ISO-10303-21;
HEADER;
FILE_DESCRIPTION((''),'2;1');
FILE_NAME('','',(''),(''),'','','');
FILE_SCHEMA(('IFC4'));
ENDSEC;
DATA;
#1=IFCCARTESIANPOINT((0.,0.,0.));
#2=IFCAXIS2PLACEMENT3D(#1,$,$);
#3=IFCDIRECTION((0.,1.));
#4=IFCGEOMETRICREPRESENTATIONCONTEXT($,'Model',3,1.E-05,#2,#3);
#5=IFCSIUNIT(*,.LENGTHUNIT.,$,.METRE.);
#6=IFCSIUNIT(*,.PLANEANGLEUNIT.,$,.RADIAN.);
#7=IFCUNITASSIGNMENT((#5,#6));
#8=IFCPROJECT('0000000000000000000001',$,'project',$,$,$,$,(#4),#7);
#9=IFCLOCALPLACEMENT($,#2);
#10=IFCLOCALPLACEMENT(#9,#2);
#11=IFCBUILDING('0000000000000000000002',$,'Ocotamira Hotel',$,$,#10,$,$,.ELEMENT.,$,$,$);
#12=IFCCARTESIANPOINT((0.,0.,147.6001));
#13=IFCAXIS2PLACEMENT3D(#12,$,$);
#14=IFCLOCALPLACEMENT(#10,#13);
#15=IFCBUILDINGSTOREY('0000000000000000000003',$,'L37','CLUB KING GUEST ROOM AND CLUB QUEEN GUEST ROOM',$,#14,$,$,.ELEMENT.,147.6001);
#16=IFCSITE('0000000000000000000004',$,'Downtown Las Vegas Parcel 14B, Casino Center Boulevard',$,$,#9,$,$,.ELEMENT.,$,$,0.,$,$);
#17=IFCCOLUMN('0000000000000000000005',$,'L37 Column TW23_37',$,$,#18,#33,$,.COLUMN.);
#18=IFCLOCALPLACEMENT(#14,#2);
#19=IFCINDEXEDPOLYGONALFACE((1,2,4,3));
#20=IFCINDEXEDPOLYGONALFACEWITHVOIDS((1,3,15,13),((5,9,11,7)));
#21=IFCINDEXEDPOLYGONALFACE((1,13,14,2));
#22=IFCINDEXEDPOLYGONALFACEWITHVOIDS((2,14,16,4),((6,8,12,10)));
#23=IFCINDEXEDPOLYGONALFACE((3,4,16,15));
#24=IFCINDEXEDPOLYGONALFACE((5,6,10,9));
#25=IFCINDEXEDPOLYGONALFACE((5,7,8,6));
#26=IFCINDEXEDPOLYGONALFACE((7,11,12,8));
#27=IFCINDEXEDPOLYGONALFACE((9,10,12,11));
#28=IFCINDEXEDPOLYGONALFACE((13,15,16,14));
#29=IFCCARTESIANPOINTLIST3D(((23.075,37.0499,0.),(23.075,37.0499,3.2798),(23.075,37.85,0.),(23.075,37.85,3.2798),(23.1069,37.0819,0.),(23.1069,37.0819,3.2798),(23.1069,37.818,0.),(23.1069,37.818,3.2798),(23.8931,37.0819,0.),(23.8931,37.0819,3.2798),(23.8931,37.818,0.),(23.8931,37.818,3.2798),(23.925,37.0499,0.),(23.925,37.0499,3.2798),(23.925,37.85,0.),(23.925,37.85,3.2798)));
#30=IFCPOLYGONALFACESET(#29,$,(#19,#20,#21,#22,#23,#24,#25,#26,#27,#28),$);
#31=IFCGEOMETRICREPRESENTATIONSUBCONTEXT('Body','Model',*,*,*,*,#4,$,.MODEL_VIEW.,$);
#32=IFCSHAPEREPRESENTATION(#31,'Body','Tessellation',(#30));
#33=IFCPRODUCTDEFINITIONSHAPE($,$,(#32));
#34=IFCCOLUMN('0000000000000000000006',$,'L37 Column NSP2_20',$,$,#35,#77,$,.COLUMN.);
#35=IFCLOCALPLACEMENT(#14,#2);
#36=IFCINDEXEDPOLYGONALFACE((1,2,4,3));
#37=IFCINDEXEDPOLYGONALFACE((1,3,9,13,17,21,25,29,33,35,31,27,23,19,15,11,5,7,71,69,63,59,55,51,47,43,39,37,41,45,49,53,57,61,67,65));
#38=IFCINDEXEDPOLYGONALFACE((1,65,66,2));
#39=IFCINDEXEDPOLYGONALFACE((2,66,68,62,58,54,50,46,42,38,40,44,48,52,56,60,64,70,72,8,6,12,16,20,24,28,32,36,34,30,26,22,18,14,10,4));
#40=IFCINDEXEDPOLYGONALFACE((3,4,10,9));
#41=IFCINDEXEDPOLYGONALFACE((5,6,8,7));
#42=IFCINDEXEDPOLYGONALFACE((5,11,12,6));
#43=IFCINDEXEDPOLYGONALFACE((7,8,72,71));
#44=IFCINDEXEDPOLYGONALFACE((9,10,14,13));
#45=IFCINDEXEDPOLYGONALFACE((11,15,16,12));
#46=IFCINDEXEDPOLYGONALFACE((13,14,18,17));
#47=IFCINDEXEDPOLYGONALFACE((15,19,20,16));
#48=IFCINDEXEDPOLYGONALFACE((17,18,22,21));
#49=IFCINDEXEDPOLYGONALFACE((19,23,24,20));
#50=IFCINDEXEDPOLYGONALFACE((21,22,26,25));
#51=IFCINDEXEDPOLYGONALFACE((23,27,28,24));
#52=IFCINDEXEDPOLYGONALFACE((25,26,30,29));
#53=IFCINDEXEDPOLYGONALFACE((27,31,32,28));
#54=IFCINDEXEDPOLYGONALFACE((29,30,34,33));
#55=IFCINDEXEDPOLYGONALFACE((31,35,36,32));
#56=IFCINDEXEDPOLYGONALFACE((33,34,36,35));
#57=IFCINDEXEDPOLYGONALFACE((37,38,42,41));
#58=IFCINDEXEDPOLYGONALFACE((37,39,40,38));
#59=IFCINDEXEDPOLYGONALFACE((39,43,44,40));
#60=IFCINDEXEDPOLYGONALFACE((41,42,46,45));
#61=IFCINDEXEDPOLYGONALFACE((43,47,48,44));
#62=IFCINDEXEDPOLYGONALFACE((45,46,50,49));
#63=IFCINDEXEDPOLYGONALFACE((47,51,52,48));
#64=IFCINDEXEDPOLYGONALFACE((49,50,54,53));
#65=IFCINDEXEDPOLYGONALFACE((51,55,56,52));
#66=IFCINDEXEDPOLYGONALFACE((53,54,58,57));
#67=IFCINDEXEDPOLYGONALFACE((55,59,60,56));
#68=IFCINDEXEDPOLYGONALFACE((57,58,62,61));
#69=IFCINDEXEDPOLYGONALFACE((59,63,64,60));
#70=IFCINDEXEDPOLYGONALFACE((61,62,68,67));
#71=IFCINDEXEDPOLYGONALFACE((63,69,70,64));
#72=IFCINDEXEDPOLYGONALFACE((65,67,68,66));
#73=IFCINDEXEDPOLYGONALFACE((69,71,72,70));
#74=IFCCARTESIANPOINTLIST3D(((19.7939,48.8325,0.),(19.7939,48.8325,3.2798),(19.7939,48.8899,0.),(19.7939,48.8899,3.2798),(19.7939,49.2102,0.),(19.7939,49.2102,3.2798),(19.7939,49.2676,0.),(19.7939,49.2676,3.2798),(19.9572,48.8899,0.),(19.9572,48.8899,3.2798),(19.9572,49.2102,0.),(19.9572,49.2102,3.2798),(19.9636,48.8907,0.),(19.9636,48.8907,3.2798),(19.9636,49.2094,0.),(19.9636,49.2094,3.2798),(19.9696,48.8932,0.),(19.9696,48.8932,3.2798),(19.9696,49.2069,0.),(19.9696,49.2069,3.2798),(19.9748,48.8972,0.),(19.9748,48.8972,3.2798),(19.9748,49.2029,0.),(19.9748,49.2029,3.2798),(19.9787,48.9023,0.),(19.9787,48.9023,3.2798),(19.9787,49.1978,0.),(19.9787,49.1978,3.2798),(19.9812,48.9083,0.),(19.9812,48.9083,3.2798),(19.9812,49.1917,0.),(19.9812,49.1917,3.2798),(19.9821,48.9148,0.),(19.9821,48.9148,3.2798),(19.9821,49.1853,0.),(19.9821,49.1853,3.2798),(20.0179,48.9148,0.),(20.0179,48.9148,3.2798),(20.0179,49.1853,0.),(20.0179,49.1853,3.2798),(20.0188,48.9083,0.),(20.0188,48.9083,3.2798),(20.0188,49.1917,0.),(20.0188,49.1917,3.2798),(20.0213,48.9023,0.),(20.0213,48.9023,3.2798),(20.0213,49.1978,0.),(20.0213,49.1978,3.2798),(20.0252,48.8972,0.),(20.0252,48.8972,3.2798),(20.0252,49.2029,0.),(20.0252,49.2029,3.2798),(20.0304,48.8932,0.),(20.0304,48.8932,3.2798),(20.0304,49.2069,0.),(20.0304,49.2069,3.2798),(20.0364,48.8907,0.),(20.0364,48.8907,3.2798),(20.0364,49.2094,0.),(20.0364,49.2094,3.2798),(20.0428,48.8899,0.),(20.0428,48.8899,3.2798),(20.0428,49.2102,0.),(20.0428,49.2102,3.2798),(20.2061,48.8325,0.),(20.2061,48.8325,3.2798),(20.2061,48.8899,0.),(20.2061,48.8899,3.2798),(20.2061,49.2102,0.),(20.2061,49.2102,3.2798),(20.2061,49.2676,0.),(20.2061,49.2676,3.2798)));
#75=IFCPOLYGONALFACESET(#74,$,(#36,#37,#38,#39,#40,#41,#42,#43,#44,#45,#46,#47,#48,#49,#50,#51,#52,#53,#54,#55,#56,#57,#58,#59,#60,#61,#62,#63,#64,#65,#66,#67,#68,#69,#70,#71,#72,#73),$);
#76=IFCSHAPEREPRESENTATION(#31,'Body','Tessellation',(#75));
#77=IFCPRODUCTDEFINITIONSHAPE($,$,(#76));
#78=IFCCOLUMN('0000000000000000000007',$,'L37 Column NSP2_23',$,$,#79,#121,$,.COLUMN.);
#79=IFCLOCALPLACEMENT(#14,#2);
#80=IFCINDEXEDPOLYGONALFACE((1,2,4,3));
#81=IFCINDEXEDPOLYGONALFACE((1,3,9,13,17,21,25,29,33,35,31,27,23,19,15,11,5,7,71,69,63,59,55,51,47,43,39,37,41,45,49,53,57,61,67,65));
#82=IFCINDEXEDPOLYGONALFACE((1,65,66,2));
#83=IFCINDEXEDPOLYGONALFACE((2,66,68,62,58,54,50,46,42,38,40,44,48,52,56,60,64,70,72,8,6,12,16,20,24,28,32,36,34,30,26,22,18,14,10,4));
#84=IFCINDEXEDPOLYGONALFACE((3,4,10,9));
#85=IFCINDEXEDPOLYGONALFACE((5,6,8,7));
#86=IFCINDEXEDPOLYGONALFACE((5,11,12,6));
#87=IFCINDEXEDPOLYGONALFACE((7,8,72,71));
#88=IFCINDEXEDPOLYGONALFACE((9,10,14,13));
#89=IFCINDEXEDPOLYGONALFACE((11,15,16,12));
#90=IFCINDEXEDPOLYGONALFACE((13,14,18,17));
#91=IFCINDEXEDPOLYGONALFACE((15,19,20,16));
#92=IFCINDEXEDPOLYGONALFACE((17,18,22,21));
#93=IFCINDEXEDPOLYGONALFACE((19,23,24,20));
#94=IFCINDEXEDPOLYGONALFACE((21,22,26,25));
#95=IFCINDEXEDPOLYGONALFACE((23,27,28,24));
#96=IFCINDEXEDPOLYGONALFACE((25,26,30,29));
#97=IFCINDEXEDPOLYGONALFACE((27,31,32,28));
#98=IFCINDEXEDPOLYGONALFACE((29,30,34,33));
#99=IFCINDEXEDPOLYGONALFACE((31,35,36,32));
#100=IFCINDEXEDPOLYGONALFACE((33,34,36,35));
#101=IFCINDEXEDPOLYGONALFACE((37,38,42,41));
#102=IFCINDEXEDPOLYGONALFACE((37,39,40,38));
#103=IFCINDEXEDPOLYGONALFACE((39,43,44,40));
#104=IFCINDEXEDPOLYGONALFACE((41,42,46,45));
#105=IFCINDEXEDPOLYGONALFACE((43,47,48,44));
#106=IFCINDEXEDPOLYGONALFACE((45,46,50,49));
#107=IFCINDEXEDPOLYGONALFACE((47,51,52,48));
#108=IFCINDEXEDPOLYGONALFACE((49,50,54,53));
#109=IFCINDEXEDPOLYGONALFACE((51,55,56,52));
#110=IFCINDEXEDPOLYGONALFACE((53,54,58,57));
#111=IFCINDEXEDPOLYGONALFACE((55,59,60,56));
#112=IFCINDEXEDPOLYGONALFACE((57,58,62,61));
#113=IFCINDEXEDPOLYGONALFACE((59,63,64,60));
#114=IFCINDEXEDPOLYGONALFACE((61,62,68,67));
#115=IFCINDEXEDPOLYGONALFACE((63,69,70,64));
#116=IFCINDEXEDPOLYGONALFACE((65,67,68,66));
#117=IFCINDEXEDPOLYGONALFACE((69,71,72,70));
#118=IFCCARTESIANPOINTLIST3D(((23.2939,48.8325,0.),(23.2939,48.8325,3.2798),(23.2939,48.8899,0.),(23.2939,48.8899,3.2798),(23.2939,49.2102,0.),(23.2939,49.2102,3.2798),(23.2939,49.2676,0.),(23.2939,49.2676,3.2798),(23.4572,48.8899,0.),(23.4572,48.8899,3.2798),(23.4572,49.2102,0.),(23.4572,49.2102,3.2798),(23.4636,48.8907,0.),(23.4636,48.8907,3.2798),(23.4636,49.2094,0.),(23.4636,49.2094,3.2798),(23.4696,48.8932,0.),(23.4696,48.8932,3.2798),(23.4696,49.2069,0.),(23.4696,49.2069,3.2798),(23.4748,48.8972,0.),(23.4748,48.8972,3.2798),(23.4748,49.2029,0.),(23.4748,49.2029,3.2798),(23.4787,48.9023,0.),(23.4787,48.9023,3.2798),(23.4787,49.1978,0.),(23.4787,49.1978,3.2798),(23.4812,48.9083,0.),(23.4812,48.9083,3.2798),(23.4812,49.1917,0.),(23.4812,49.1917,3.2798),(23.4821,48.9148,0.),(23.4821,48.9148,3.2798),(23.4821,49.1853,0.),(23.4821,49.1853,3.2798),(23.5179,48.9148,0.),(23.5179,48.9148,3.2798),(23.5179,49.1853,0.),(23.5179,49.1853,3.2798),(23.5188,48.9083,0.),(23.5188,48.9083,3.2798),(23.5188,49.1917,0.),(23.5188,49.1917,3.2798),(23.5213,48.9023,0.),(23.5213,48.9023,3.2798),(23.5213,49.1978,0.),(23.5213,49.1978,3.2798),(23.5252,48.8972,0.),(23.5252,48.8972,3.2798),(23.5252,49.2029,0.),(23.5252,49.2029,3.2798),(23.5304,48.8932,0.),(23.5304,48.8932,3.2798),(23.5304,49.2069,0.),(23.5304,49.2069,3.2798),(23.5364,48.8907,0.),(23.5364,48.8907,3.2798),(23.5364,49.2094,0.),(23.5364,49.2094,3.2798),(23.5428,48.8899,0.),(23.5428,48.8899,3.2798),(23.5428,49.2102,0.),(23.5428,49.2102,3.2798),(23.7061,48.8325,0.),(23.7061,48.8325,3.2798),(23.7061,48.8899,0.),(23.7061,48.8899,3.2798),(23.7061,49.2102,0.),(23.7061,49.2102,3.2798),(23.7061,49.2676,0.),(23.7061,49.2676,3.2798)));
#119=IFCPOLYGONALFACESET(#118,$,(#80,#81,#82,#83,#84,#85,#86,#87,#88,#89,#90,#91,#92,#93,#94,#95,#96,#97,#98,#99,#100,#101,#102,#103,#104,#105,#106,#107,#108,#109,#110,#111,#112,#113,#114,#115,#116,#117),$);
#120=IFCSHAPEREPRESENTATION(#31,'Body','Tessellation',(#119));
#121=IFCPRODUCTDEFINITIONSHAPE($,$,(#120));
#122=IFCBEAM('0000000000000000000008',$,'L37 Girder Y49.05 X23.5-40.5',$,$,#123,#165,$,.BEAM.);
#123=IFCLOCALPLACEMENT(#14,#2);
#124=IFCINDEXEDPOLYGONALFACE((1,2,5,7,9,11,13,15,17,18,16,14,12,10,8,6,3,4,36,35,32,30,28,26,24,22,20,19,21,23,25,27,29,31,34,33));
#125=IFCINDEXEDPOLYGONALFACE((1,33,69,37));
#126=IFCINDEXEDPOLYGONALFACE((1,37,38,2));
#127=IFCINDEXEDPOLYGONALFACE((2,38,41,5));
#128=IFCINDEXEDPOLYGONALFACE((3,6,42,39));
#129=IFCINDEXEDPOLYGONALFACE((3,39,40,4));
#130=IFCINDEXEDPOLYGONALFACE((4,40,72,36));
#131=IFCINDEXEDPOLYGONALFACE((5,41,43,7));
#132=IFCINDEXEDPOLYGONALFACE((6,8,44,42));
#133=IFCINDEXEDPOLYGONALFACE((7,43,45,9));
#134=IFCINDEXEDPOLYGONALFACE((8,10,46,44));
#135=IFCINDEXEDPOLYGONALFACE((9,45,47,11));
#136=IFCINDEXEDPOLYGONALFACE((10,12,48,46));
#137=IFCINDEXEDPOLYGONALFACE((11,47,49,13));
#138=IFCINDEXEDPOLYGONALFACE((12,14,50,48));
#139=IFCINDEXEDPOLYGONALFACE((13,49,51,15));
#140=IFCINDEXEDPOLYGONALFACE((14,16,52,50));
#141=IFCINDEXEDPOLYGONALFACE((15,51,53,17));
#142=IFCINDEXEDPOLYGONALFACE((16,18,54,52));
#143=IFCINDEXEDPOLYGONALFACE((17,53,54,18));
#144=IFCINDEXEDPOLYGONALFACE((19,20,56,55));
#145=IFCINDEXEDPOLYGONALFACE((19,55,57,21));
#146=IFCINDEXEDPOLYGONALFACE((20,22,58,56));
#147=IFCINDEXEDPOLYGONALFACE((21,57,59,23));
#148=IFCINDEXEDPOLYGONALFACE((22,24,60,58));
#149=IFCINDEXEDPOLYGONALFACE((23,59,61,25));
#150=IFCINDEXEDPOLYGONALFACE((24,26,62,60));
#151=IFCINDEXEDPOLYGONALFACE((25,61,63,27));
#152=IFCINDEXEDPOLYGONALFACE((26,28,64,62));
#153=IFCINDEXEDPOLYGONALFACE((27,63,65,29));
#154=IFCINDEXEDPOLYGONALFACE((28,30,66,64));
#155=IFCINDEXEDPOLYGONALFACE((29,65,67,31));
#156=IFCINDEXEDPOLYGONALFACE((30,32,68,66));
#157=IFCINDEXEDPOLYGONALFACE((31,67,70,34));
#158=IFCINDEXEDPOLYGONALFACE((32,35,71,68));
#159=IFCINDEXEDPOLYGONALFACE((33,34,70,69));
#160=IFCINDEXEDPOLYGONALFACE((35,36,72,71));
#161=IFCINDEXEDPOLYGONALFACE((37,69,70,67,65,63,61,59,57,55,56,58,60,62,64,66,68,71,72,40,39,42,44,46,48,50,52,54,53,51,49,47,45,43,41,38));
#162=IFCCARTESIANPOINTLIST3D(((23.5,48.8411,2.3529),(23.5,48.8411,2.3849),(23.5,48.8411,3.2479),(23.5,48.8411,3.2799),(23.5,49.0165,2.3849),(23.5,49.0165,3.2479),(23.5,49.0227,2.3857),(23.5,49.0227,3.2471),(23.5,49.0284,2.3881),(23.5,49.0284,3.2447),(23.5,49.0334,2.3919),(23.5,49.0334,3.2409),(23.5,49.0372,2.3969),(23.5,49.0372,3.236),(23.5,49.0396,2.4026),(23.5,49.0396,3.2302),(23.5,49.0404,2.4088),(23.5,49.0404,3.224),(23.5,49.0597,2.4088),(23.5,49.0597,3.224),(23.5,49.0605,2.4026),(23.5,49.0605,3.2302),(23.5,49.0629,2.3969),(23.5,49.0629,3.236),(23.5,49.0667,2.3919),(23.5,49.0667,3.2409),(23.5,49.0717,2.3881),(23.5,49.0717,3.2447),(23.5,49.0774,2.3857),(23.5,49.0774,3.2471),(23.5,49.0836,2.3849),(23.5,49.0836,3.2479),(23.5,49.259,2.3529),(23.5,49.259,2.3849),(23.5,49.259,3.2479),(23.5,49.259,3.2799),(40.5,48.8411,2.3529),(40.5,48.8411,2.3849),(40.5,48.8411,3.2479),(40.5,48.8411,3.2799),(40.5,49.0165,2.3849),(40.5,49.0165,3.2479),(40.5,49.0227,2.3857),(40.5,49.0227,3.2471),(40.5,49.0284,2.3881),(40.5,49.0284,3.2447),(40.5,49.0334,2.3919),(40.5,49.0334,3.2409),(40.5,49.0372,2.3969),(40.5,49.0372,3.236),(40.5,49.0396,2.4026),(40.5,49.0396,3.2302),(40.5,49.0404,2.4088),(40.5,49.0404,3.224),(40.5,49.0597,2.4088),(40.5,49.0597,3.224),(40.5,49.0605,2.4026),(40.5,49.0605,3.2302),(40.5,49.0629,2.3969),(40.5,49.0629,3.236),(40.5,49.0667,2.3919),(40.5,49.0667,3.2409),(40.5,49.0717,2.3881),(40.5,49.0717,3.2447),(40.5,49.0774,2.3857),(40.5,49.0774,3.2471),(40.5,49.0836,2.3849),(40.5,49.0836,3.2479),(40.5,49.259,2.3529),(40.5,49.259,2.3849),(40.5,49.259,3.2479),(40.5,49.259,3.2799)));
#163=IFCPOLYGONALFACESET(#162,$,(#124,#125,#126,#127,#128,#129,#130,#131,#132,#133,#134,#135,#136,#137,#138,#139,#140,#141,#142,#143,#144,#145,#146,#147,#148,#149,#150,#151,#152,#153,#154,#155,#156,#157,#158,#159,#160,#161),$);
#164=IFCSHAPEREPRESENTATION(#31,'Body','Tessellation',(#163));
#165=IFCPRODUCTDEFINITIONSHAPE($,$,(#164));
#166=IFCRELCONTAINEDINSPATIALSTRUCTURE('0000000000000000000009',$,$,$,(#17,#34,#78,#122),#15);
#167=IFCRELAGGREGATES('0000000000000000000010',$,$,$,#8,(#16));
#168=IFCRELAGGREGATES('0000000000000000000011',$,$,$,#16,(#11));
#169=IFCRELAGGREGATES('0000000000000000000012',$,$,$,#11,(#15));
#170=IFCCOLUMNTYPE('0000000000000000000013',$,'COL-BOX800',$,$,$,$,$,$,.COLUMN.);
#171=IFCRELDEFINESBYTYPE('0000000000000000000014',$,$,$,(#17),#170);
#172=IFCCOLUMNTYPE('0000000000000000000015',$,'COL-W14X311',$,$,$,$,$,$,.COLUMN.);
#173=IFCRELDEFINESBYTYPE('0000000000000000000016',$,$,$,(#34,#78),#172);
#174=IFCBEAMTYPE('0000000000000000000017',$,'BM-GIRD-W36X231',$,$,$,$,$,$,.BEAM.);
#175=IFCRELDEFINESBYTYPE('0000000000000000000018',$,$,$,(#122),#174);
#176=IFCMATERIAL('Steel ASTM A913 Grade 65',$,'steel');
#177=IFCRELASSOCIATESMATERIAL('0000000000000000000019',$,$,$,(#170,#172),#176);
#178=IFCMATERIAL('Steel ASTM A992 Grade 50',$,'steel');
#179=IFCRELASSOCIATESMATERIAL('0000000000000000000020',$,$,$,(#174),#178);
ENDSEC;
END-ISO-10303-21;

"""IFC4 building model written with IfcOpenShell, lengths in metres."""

from ifc_helpers import new_model, si_unit, direction, frame, origin, origin_2d, place, context, subcontext, project, spatial, hollow_rectangle, i_section, extrude, source, transform, mapped, material, material_profile, profile_set, type_object, element, save


model = new_model("IFC4")

# Units and contexts
model_context = context("Model", 3, precision=1e-05, world=origin(), true_north=direction((0.0, 1.0)))
body_context = subcontext(model_context, "Body", "Model", "MODEL_VIEW")
ifc_project = project(units=[si_unit("LENGTHUNIT", "METRE"), si_unit("PLANEANGLEUNIT", "RADIAN")], contexts=[model_context])

# Site, building, storey
site_placement = place(None, origin())
site = spatial("IfcSite", under=ifc_project, at=site_placement, Name="Downtown Las Vegas Parcel 14B, Casino Center Boulevard", CompositionType="ELEMENT", RefElevation=0.0)
building_placement = place(site_placement, origin())
building = spatial("IfcBuilding", under=site, at=building_placement, Name="Ocotamira Hotel", CompositionType="ELEMENT")
storey_placement = place(building_placement, frame((0.0, 0.0, 147.6001)))
storey = spatial("IfcBuildingStorey", under=building, at=storey_placement, Name="L37", Description="CLUB KING GUEST ROOM AND CLUB QUEEN GUEST ROOM", CompositionType="ELEMENT", Elevation=147.6001)

# Columns
ifc_material_1 = material(Name="Steel ASTM A913 Grade 65", Category="steel")
ifc_material_profile_1 = material_profile(ifc_material_1, hollow_rectangle(XDim=0.8501, YDim=0.8, WallThickness=0.032, at=origin_2d()), Name="BOX800X850X32")
ifc_profile_set_1 = profile_set([ifc_material_profile_1], Name="Steel ASTM A913 Grade 65")
column_type_1 = type_object("IfcColumnType", Name="COL-BOX800", PredefinedType="COLUMN", material=ifc_profile_set_1)
shared_shape_1 = source(origin(), body_context, "Body", "SweptSolid", [
    extrude(hollow_rectangle(XDim=0.8501, YDim=0.8, WallThickness=0.032, at=origin_2d()), origin(), (0.0, 0.0, 1.0), 3.2798),
])
column_placement = place(storey_placement, frame((23.5, 37.45, 0.0), z_axis=(0.0, 0.0, 1.0), x_axis=(1.0, 0.0, 0.0)))
element("IfcColumn", 1, at=column_placement, inside=storey, type_object=column_type_1, Name="L37 Column TW23_37", PredefinedType="COLUMN", context=body_context, shape_type="MappedRepresentation", body=[
    mapped(shared_shape_1, transform((0.0, 0.0, 0.0), scale=1.0)),
])
ifc_material_profile_2 = material_profile(ifc_material_1, i_section(OverallWidth=0.4121, OverallDepth=0.4351, WebThickness=0.0359, FlangeThickness=0.0574, FilletRadius=0.0249, at=origin_2d()), Name="W14X311")
ifc_profile_set_2 = profile_set([ifc_material_profile_2], Name="Steel ASTM A913 Grade 65")
column_type_2 = type_object("IfcColumnType", Name="COL-W14X311", PredefinedType="COLUMN", material=ifc_profile_set_2)
shared_shape_2 = source(origin(), body_context, "Body", "SweptSolid", [
    extrude(i_section(OverallWidth=0.4121, OverallDepth=0.4351, WebThickness=0.0359, FlangeThickness=0.0574, FilletRadius=0.0249, at=origin_2d()), origin(), (0.0, 0.0, 1.0), 3.2798),
])
for number, where, z_axis, x_axis, name in (
    (2, (20.0, 49.05, 0.0), (0.0, 0.0, 1.0), (1.0, 0.0, 0.0), "L37 Column NSP2_20"),
    (3, (23.5, 49.05, 0.0), (0.0, 0.0, 1.0), (1.0, 0.0, 0.0), "L37 Column NSP2_23"),
):
    element("IfcColumn", number, at=place(storey_placement, frame(where, z_axis=z_axis, x_axis=x_axis)), inside=storey, type_object=column_type_2, Name=name, PredefinedType="COLUMN", context=body_context, shape_type="MappedRepresentation", body=[
        mapped(shared_shape_2, transform((0.0, 0.0, 0.0), scale=1.0)),
    ])

# Beam
ifc_material_2 = material(Name="Steel ASTM A992 Grade 50", Category="steel")
ifc_material_profile_3 = material_profile(ifc_material_2, i_section(OverallWidth=0.418, OverallDepth=0.927, WebThickness=0.0193, FlangeThickness=0.032, FilletRadius=0.0239, at=origin_2d()), Name="W36X231")
ifc_profile_set_3 = profile_set([ifc_material_profile_3], Name="Steel ASTM A992 Grade 50")
beam_type_1 = type_object("IfcBeamType", Name="BM-GIRD-W36X231", PredefinedType="BEAM", material=ifc_profile_set_3)
shared_shape_3 = source(origin(), body_context, "Body", "SweptSolid", [
    extrude(i_section(OverallWidth=0.418, OverallDepth=0.927, WebThickness=0.0193, FlangeThickness=0.032, FilletRadius=0.0239, at=origin_2d()), origin(), (0.0, 0.0, 1.0), 17.0),
])
beam_1_placement = place(storey_placement, frame((23.5, 49.05, 2.8164), z_axis=(1.0, 0.0, 0.0), x_axis=(0.0, 1.0, 0.0)))
element("IfcBeam", 4, at=beam_1_placement, inside=storey, type_object=beam_type_1, Name="L37 Girder Y49.05 X23.5-40.5", PredefinedType="BEAM", context=body_context, shape_type="MappedRepresentation", body=[
    mapped(shared_shape_3, transform((0.0, 0.0, 0.0), scale=1.0)),
])

save(model, "model.ifc")
